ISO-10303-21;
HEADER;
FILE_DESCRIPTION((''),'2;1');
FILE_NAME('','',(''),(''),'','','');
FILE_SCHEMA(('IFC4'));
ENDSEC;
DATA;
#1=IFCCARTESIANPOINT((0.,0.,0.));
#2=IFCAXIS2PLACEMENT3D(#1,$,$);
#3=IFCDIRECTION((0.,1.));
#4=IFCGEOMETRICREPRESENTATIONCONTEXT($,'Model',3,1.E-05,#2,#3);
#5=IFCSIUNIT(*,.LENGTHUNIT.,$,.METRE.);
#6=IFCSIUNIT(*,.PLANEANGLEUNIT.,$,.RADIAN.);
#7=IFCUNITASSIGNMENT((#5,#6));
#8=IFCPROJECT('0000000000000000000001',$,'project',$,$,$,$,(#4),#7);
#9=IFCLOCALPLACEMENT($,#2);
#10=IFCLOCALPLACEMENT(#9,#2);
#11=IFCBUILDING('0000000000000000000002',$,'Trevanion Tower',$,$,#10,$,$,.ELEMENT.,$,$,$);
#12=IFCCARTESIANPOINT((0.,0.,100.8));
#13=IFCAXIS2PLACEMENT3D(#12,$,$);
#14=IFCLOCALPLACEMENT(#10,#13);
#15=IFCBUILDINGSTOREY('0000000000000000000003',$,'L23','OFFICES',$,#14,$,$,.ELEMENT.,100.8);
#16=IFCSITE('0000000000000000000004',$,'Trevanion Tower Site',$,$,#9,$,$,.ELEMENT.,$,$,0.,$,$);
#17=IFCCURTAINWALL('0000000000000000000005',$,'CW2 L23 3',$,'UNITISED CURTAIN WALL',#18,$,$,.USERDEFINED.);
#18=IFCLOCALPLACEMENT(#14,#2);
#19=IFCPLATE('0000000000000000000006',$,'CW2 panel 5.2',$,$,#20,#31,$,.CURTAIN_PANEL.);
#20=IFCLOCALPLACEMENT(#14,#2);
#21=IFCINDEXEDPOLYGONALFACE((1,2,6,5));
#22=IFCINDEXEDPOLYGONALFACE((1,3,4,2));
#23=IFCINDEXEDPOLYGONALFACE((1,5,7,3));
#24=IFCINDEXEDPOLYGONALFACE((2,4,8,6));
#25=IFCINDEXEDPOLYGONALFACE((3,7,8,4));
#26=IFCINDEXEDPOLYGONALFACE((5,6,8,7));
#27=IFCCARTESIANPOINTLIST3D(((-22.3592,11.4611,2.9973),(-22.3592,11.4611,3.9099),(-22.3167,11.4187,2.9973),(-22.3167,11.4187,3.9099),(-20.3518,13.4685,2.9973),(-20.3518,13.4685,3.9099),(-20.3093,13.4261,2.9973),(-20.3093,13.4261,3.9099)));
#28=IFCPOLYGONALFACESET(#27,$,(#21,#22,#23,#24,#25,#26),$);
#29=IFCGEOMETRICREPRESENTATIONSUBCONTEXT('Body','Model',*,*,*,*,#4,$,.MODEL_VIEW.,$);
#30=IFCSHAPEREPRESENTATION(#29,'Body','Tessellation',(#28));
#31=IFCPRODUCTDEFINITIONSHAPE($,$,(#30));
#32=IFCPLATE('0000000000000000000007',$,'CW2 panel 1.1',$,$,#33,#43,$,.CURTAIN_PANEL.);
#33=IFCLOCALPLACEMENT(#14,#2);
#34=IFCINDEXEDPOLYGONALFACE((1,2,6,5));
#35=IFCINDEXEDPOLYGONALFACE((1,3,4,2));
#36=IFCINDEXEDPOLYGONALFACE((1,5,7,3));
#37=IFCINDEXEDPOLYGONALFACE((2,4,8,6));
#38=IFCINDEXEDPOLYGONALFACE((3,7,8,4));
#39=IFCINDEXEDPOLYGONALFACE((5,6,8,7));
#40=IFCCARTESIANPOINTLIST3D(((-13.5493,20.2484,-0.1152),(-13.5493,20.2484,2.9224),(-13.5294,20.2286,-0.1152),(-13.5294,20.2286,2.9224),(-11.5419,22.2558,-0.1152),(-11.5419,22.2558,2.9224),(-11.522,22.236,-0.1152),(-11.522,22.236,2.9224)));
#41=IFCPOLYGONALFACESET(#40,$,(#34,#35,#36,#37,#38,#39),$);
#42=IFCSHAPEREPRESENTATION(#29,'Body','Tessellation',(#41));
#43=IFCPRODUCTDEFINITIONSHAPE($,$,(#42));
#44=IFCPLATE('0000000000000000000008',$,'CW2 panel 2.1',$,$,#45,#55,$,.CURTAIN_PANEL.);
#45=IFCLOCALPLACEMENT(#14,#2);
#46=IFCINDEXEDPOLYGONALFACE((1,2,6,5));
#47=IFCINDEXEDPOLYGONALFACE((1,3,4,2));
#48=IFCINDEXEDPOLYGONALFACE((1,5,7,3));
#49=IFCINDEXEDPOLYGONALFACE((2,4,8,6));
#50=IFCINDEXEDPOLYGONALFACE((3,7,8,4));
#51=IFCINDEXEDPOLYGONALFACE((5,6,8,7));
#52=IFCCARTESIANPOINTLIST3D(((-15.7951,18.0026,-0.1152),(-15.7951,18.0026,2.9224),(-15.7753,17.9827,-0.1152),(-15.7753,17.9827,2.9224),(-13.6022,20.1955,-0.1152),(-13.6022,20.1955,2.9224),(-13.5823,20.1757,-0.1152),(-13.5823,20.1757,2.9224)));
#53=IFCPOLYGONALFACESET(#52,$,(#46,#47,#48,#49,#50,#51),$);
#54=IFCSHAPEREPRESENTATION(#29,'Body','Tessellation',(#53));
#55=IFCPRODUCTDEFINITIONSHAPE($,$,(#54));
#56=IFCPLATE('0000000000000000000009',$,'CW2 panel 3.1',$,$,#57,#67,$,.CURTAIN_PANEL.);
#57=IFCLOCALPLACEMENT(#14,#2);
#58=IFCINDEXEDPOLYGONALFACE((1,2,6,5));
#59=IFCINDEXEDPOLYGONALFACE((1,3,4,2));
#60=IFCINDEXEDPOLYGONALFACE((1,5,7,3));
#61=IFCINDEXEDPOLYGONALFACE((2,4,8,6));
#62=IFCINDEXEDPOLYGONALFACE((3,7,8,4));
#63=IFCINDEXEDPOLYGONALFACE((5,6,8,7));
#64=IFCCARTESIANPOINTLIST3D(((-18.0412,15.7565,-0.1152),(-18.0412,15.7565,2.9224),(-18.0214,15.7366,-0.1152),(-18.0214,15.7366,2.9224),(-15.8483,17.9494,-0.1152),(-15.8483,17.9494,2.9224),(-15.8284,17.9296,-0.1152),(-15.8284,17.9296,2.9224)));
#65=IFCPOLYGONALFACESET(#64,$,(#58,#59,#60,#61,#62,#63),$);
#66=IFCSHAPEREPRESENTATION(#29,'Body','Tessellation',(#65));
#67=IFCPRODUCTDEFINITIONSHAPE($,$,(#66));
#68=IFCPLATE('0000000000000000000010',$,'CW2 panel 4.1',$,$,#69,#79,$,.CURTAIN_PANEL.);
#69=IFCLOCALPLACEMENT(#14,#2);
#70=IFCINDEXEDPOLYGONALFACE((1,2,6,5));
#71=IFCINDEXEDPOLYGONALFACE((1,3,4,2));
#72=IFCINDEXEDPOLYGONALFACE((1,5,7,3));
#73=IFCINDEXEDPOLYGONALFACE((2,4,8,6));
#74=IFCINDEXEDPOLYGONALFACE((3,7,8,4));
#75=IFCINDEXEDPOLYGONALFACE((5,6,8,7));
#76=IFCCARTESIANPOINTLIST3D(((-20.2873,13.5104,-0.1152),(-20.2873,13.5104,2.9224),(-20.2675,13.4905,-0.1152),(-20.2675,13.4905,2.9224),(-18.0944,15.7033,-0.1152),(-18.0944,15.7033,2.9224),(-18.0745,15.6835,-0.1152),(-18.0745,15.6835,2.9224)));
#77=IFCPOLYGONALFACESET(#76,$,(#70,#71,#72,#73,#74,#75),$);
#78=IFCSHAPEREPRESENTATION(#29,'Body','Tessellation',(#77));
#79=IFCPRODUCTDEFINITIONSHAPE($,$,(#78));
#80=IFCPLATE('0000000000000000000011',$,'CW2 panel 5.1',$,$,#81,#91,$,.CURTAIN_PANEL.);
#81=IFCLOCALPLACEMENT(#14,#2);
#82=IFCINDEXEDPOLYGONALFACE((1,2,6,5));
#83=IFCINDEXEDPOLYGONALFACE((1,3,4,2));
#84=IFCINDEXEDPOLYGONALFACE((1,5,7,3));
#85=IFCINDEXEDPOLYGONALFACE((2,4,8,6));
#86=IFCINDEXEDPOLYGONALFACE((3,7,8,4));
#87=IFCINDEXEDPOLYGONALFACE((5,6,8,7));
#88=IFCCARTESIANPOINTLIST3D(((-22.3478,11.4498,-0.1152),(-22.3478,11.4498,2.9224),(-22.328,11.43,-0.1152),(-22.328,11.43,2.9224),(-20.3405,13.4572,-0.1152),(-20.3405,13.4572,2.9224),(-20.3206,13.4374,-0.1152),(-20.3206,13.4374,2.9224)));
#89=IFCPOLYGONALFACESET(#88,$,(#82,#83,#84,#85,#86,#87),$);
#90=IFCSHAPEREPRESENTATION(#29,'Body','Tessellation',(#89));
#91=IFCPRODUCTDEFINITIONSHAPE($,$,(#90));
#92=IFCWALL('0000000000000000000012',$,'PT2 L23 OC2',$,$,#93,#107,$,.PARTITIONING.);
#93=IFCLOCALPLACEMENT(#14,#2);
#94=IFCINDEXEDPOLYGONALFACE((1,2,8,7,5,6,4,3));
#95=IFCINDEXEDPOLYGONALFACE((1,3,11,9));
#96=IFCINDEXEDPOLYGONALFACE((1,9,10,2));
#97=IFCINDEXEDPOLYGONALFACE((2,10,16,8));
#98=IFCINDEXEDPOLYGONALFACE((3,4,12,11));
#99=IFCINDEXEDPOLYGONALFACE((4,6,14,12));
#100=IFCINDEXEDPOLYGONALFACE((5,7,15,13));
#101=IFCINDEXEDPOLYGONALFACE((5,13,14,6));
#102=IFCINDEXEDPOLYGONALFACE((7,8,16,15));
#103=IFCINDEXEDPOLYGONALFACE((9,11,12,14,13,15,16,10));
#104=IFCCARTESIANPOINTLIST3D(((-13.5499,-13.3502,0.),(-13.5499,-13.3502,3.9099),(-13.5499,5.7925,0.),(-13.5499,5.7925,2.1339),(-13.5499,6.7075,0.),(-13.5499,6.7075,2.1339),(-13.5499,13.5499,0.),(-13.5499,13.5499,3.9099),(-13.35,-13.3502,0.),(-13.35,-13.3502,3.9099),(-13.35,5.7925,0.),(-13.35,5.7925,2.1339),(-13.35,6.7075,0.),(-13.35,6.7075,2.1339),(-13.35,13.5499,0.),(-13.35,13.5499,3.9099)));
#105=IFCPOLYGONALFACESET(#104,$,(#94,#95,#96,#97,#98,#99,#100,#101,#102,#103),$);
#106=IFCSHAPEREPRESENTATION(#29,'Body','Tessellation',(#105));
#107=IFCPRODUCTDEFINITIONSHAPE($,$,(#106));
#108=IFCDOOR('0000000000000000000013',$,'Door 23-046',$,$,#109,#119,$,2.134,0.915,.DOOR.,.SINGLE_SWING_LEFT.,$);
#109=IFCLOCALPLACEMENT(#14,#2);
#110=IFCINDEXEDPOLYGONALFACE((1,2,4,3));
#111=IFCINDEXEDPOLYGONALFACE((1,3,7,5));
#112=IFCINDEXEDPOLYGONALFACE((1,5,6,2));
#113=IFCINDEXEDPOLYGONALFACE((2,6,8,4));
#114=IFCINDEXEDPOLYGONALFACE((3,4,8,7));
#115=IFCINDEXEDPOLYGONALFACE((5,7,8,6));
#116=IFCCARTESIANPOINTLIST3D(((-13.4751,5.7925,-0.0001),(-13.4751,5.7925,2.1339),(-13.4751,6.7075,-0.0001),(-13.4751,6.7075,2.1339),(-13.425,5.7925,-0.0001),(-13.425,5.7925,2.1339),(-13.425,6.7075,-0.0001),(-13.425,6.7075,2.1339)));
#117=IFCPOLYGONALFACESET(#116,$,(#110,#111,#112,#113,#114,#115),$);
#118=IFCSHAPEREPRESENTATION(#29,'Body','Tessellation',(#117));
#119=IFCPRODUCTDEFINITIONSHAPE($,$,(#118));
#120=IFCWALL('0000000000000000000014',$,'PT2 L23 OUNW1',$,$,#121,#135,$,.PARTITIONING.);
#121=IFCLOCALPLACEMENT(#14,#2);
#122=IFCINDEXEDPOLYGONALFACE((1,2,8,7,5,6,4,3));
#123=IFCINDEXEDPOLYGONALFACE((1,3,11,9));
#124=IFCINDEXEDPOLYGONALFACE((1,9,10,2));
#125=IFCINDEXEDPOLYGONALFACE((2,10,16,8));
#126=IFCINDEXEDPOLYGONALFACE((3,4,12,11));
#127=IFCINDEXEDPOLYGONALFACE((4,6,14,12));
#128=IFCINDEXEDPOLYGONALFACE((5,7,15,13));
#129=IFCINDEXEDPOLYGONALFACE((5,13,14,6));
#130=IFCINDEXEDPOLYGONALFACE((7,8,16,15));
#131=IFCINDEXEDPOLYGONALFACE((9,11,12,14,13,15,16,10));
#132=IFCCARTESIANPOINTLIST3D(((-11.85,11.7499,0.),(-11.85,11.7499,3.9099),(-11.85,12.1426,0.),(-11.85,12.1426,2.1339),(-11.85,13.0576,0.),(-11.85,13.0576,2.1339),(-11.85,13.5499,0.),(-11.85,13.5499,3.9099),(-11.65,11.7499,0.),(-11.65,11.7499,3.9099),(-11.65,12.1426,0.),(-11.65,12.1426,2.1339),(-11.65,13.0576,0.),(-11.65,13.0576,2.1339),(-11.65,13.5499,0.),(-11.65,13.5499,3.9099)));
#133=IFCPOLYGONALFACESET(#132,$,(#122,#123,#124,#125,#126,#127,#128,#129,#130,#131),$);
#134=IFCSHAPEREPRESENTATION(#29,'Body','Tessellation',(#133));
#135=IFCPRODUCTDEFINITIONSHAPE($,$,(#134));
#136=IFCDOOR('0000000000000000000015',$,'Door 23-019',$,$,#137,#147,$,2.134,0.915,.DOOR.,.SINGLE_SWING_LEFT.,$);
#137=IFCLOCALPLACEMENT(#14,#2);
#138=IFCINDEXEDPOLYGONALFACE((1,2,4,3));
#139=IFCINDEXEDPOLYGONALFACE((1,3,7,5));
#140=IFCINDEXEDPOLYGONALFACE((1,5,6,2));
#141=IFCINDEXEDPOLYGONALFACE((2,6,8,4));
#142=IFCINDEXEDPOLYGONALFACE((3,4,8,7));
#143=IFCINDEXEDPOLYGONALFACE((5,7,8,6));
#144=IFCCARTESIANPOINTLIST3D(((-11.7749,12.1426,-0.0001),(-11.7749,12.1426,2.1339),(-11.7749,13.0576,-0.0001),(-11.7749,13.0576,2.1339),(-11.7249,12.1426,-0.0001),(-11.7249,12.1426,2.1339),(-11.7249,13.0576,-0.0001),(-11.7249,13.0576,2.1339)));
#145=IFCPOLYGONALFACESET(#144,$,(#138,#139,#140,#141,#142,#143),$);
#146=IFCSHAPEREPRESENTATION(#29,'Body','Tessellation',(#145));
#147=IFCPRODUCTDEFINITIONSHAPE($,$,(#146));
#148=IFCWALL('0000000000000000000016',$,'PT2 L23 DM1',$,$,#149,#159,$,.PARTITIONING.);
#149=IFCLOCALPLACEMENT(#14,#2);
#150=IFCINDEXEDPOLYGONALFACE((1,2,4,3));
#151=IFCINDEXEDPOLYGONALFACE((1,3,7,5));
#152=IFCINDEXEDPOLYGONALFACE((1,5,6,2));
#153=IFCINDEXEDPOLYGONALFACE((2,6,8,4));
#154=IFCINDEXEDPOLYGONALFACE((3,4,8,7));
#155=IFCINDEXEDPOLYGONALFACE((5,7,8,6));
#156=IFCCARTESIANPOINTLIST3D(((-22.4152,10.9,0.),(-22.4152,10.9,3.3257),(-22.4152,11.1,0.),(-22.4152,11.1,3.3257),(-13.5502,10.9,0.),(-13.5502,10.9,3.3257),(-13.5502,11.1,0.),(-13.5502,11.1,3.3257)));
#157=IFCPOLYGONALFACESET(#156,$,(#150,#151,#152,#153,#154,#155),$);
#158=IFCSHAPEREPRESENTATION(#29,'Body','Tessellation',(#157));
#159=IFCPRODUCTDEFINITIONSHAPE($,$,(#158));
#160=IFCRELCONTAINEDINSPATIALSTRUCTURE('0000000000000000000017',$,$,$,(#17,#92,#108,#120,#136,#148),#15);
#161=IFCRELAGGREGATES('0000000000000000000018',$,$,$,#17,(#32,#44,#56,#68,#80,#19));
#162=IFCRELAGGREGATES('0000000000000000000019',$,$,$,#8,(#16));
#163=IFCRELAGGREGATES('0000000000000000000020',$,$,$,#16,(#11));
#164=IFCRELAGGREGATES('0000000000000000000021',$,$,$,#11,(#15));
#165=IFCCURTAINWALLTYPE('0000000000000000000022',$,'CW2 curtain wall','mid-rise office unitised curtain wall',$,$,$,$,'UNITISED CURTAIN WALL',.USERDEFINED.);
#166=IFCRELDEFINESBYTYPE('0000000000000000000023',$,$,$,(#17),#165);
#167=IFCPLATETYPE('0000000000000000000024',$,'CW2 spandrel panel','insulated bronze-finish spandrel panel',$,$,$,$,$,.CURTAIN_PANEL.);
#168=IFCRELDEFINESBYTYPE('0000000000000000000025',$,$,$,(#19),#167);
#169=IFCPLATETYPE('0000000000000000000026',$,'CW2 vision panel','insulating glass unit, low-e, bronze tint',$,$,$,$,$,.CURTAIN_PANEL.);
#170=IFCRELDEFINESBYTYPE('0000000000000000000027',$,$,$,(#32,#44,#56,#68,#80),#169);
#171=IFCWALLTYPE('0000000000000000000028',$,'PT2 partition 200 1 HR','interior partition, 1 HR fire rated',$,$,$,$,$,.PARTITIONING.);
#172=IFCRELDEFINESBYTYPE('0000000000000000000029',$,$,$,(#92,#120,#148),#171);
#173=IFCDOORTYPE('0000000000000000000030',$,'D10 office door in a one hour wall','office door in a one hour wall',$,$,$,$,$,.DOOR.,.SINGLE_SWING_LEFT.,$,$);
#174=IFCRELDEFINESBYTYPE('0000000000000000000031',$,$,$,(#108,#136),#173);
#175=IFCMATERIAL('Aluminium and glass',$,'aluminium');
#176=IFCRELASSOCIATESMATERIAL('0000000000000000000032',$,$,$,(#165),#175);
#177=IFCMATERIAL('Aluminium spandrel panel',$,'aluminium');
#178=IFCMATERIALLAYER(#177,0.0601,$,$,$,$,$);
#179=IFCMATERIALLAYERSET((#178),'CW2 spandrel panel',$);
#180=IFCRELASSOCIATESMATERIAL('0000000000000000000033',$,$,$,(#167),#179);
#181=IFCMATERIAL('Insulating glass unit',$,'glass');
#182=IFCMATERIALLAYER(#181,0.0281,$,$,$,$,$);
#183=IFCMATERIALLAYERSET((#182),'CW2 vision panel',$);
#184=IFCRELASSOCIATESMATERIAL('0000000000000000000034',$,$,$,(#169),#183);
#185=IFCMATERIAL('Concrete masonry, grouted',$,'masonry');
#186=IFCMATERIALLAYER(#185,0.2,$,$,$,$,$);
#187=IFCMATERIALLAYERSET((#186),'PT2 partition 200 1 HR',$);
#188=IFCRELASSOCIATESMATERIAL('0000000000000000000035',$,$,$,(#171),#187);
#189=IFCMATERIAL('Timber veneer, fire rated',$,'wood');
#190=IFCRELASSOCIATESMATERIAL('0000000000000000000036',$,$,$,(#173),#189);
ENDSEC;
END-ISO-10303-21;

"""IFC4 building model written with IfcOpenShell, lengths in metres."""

from ifc_helpers import new_model, si_unit, direction, frame, frame_2d, origin, origin_2d, place, context, subcontext, project, spatial, rectangle, extrude, material, layer, layer_set, type_object, element, fill, aggregate, save


model = new_model("IFC4")

# Units and contexts
model_context = context("Model", 3, precision=1e-05, world=origin(), true_north=direction((0.0, 1.0)))
body_context = subcontext(model_context, "Body", "Model", "MODEL_VIEW")
ifc_project = project(units=[si_unit("LENGTHUNIT", "METRE"), si_unit("PLANEANGLEUNIT", "RADIAN")], contexts=[model_context])

# Site, building, storey
site_placement = place(None, origin())
site = spatial("IfcSite", under=ifc_project, at=site_placement, Name="Trevanion Tower Site", CompositionType="ELEMENT", RefElevation=0.0)
building_placement = place(site_placement, origin())
building = spatial("IfcBuilding", under=site, at=building_placement, Name="Trevanion Tower", CompositionType="ELEMENT")
storey_placement = place(building_placement, frame((0.0, 0.0, 100.8)))
storey = spatial("IfcBuildingStorey", under=building, at=storey_placement, Name="L23", Description="OFFICES", CompositionType="ELEMENT", Elevation=100.8)

# Curtain wall
ifc_material_1 = material(Name="Aluminium and glass", Category="aluminium")
curtain_wall_type = type_object("IfcCurtainWallType", Name="CW2 curtain wall", Description="mid-rise office unitised curtain wall", ElementType="UNITISED CURTAIN WALL", PredefinedType="USERDEFINED", material=ifc_material_1)
curtain_wall_placement = place(storey_placement, origin())
curtain_wall = element("IfcCurtainWall", 1, at=curtain_wall_placement, inside=storey, type_object=curtain_wall_type, Name="CW2 L23 3", ObjectType="UNITISED CURTAIN WALL", PredefinedType="USERDEFINED")

# Plates
ifc_material_2 = material(Name="Aluminium spandrel panel", Category="aluminium")
ifc_layer_1 = layer(ifc_material_2, 0.0601)
ifc_layer_set_1 = layer_set([ifc_layer_1], Name="CW2 spandrel panel")
plate_type_1 = type_object("IfcPlateType", Name="CW2 spandrel panel", Description="insulated bronze-finish spandrel panel", PredefinedType="CURTAIN_PANEL", material=ifc_layer_set_1)
plate_1_placement = place(storey_placement, frame((-21.3342, 12.4436, 2.9973), z_axis=(0.0, 0.0, 1.0), x_axis=(-0.707107, -0.707107, 0.0)))
plate_1 = element("IfcPlate", 2, at=plate_1_placement, type_object=plate_type_1, Name="CW2 panel 5.2", PredefinedType="CURTAIN_PANEL", context=body_context, shape_type="SweptSolid", body=[
    extrude(rectangle(XDim=2.8389, YDim=0.0601, at=origin_2d()), origin(), (0.0, 0.0, 1.0), 0.9126),
])
ifc_material_3 = material(Name="Insulating glass unit", Category="glass")
ifc_layer_2 = layer(ifc_material_3, 0.0281)
ifc_layer_set_2 = layer_set([ifc_layer_2], Name="CW2 vision panel")
plate_type_2 = type_object("IfcPlateType", Name="CW2 vision panel", Description="insulating glass unit, low-e, bronze tint", PredefinedType="CURTAIN_PANEL", material=ifc_layer_set_2)
plate_2_placement = place(storey_placement, frame((-12.5356, 21.2422, -0.1152), z_axis=(0.0, 0.0, 1.0), x_axis=(-0.707107, -0.707107, 0.0)))
plate_2 = element("IfcPlate", 3, at=plate_2_placement, type_object=plate_type_2, Name="CW2 panel 1.1", PredefinedType="CURTAIN_PANEL", context=body_context, shape_type="SweptSolid", body=[
    extrude(rectangle(XDim=2.8389, YDim=0.0281, at=origin_2d()), origin(), (0.0, 0.0, 1.0), 3.0376),
])
plate_3_placement = place(storey_placement, frame((-14.6887, 19.0891, -0.1152), z_axis=(0.0, 0.0, 1.0), x_axis=(-0.707107, -0.707107, 0.0)))
plate_3 = element("IfcPlate", 4, at=plate_3_placement, type_object=plate_type_2, Name="CW2 panel 2.1", PredefinedType="CURTAIN_PANEL", context=body_context, shape_type="SweptSolid", body=[
    extrude(rectangle(XDim=3.1013, YDim=0.0281, at=origin_2d()), origin(), (0.0, 0.0, 1.0), 3.0376),
])
plate_4_placement = place(storey_placement, frame((-16.9348, 16.843, -0.1152), z_axis=(0.0, 0.0, 1.0), x_axis=(-0.707107, -0.707107, 0.0)))
plate_4 = element("IfcPlate", 5, at=plate_4_placement, type_object=plate_type_2, Name="CW2 panel 3.1", PredefinedType="CURTAIN_PANEL", context=body_context, shape_type="SweptSolid", body=[
    extrude(rectangle(XDim=3.1013, YDim=0.0281, at=origin_2d()), origin(), (0.0, 0.0, 1.0), 3.0376),
])
plate_5_placement = place(storey_placement, frame((-19.1809, 14.5969, -0.1152), z_axis=(0.0, 0.0, 1.0), x_axis=(-0.707107, -0.707107, 0.0)))
plate_5 = element("IfcPlate", 6, at=plate_5_placement, type_object=plate_type_2, Name="CW2 panel 4.1", PredefinedType="CURTAIN_PANEL", context=body_context, shape_type="SweptSolid", body=[
    extrude(rectangle(XDim=3.1013, YDim=0.0281, at=origin_2d()), origin(), (0.0, 0.0, 1.0), 3.0376),
])
plate_6_placement = place(storey_placement, frame((-21.3342, 12.4436, -0.1152), z_axis=(0.0, 0.0, 1.0), x_axis=(-0.707107, -0.707107, 0.0)))
plate_6 = element("IfcPlate", 7, at=plate_6_placement, type_object=plate_type_2, Name="CW2 panel 5.1", PredefinedType="CURTAIN_PANEL", context=body_context, shape_type="SweptSolid", body=[
    extrude(rectangle(XDim=2.8389, YDim=0.0281, at=origin_2d()), origin(), (0.0, 0.0, 1.0), 3.0376),
])
aggregate(curtain_wall, [plate_2, plate_3, plate_4, plate_5, plate_6, plate_1])

# Walls, openings, doors
ifc_material_4 = material(Name="Concrete masonry, grouted", Category="masonry")
ifc_layer_3 = layer(ifc_material_4, 0.2)
ifc_layer_set_3 = layer_set([ifc_layer_3], Name="PT2 partition 200 1 HR")
wall_type = type_object("IfcWallType", Name="PT2 partition 200 1 HR", Description="interior partition, 1 HR fire rated", PredefinedType="PARTITIONING", material=ifc_layer_set_3)
wall_1_placement = place(storey_placement, frame((-13.45, 13.55, 0.0), z_axis=(0.0, 0.0, 1.0), x_axis=(0.0, -1.0, 0.0)))
wall_1 = element("IfcWall", 8, at=wall_1_placement, inside=storey, type_object=wall_type, Name="PT2 L23 OC2", PredefinedType="PARTITIONING", context=body_context, shape_type="SweptSolid", body=[
    extrude(rectangle(XDim=26.9001, YDim=0.2, at=frame_2d((13.4502, 0.0))), origin(), (0.0, 0.0, 1.0), 3.9099),
])
opening_1_placement = place(wall_1_placement, frame((6.8425, 0.0, 0.0)))
opening_1 = element("IfcOpeningElement", 9, at=opening_1_placement, cuts=wall_1, PredefinedType="OPENING", context=body_context, shape_type="SweptSolid", body=[
    extrude(rectangle(XDim=0.915, YDim=2.134, at=frame_2d((0.4575, 1.0669))), frame((0.0, 0.1099, 0.0), z_axis=(0.0, -1.0, 0.0), x_axis=(1.0, 0.0, 0.0)), (0.0, 0.0, 1.0), 0.22),
])
ifc_material_5 = material(Name="Timber veneer, fire rated", Category="wood")
door_type = type_object("IfcDoorType", Name="D10 office door in a one hour wall", Description="office door in a one hour wall", OperationType="SINGLE_SWING_LEFT", PredefinedType="DOOR", material=ifc_material_5)
door_1_placement = place(opening_1_placement, origin())
door_1 = element("IfcDoor", 10, at=door_1_placement, inside=storey, type_object=door_type, Name="Door 23-046", OperationType="SINGLE_SWING_LEFT", OverallHeight=2.134, OverallWidth=0.915, PredefinedType="DOOR", context=body_context, shape_type="SweptSolid", body=[
    extrude(rectangle(XDim=0.915, YDim=2.134, at=frame_2d((0.4575, 1.0669))), frame((0.0, 0.0249, 0.0), z_axis=(0.0, -1.0, 0.0), x_axis=(1.0, 0.0, 0.0)), (0.0, 0.0, 1.0), 0.05),
])
fill(opening_1, door_1)
wall_2_placement = place(storey_placement, frame((-11.75, 11.75, 0.0), z_axis=(0.0, 0.0, 1.0), x_axis=(0.0, 1.0, 0.0)))
wall_2 = element("IfcWall", 11, at=wall_2_placement, inside=storey, type_object=wall_type, Name="PT2 L23 OUNW1", PredefinedType="PARTITIONING", context=body_context, shape_type="SweptSolid", body=[
    extrude(rectangle(XDim=1.8, YDim=0.2, at=frame_2d((0.8999, 0.0))), origin(), (0.0, 0.0, 1.0), 3.9099),
])
opening_2_placement = place(wall_2_placement, frame((0.3926, 0.0, 0.0)))
opening_2 = element("IfcOpeningElement", 12, at=opening_2_placement, cuts=wall_2, PredefinedType="OPENING", context=body_context, shape_type="SweptSolid", body=[
    extrude(rectangle(XDim=0.915, YDim=2.134, at=frame_2d((0.4575, 1.0669))), frame((0.0, 0.1099, 0.0), z_axis=(0.0, -1.0, 0.0), x_axis=(1.0, 0.0, 0.0)), (0.0, 0.0, 1.0), 0.22),
])
door_2_placement = place(opening_2_placement, origin())
door_2 = element("IfcDoor", 13, at=door_2_placement, inside=storey, type_object=door_type, Name="Door 23-019", OperationType="SINGLE_SWING_LEFT", OverallHeight=2.134, OverallWidth=0.915, PredefinedType="DOOR", context=body_context, shape_type="SweptSolid", body=[
    extrude(rectangle(XDim=0.915, YDim=2.134, at=frame_2d((0.4575, 1.0669))), frame((0.0, 0.0249, 0.0), z_axis=(0.0, -1.0, 0.0), x_axis=(1.0, 0.0, 0.0)), (0.0, 0.0, 1.0), 0.05),
])
fill(opening_2, door_2)

# Wall
wall_3_placement = place(storey_placement, frame((-13.55, 11.0, 0.0), z_axis=(0.0, 0.0, 1.0), x_axis=(-1.0, 0.0, 0.0)))
element("IfcWall", 14, at=wall_3_placement, inside=storey, type_object=wall_type, Name="PT2 L23 DM1", PredefinedType="PARTITIONING", context=body_context, shape_type="SweptSolid", body=[
    extrude(rectangle(XDim=8.865, YDim=0.2, at=frame_2d((4.4326, 0.0))), origin(), (0.0, 0.0, 1.0), 3.3257),
])

save(model, "model.ifc")
